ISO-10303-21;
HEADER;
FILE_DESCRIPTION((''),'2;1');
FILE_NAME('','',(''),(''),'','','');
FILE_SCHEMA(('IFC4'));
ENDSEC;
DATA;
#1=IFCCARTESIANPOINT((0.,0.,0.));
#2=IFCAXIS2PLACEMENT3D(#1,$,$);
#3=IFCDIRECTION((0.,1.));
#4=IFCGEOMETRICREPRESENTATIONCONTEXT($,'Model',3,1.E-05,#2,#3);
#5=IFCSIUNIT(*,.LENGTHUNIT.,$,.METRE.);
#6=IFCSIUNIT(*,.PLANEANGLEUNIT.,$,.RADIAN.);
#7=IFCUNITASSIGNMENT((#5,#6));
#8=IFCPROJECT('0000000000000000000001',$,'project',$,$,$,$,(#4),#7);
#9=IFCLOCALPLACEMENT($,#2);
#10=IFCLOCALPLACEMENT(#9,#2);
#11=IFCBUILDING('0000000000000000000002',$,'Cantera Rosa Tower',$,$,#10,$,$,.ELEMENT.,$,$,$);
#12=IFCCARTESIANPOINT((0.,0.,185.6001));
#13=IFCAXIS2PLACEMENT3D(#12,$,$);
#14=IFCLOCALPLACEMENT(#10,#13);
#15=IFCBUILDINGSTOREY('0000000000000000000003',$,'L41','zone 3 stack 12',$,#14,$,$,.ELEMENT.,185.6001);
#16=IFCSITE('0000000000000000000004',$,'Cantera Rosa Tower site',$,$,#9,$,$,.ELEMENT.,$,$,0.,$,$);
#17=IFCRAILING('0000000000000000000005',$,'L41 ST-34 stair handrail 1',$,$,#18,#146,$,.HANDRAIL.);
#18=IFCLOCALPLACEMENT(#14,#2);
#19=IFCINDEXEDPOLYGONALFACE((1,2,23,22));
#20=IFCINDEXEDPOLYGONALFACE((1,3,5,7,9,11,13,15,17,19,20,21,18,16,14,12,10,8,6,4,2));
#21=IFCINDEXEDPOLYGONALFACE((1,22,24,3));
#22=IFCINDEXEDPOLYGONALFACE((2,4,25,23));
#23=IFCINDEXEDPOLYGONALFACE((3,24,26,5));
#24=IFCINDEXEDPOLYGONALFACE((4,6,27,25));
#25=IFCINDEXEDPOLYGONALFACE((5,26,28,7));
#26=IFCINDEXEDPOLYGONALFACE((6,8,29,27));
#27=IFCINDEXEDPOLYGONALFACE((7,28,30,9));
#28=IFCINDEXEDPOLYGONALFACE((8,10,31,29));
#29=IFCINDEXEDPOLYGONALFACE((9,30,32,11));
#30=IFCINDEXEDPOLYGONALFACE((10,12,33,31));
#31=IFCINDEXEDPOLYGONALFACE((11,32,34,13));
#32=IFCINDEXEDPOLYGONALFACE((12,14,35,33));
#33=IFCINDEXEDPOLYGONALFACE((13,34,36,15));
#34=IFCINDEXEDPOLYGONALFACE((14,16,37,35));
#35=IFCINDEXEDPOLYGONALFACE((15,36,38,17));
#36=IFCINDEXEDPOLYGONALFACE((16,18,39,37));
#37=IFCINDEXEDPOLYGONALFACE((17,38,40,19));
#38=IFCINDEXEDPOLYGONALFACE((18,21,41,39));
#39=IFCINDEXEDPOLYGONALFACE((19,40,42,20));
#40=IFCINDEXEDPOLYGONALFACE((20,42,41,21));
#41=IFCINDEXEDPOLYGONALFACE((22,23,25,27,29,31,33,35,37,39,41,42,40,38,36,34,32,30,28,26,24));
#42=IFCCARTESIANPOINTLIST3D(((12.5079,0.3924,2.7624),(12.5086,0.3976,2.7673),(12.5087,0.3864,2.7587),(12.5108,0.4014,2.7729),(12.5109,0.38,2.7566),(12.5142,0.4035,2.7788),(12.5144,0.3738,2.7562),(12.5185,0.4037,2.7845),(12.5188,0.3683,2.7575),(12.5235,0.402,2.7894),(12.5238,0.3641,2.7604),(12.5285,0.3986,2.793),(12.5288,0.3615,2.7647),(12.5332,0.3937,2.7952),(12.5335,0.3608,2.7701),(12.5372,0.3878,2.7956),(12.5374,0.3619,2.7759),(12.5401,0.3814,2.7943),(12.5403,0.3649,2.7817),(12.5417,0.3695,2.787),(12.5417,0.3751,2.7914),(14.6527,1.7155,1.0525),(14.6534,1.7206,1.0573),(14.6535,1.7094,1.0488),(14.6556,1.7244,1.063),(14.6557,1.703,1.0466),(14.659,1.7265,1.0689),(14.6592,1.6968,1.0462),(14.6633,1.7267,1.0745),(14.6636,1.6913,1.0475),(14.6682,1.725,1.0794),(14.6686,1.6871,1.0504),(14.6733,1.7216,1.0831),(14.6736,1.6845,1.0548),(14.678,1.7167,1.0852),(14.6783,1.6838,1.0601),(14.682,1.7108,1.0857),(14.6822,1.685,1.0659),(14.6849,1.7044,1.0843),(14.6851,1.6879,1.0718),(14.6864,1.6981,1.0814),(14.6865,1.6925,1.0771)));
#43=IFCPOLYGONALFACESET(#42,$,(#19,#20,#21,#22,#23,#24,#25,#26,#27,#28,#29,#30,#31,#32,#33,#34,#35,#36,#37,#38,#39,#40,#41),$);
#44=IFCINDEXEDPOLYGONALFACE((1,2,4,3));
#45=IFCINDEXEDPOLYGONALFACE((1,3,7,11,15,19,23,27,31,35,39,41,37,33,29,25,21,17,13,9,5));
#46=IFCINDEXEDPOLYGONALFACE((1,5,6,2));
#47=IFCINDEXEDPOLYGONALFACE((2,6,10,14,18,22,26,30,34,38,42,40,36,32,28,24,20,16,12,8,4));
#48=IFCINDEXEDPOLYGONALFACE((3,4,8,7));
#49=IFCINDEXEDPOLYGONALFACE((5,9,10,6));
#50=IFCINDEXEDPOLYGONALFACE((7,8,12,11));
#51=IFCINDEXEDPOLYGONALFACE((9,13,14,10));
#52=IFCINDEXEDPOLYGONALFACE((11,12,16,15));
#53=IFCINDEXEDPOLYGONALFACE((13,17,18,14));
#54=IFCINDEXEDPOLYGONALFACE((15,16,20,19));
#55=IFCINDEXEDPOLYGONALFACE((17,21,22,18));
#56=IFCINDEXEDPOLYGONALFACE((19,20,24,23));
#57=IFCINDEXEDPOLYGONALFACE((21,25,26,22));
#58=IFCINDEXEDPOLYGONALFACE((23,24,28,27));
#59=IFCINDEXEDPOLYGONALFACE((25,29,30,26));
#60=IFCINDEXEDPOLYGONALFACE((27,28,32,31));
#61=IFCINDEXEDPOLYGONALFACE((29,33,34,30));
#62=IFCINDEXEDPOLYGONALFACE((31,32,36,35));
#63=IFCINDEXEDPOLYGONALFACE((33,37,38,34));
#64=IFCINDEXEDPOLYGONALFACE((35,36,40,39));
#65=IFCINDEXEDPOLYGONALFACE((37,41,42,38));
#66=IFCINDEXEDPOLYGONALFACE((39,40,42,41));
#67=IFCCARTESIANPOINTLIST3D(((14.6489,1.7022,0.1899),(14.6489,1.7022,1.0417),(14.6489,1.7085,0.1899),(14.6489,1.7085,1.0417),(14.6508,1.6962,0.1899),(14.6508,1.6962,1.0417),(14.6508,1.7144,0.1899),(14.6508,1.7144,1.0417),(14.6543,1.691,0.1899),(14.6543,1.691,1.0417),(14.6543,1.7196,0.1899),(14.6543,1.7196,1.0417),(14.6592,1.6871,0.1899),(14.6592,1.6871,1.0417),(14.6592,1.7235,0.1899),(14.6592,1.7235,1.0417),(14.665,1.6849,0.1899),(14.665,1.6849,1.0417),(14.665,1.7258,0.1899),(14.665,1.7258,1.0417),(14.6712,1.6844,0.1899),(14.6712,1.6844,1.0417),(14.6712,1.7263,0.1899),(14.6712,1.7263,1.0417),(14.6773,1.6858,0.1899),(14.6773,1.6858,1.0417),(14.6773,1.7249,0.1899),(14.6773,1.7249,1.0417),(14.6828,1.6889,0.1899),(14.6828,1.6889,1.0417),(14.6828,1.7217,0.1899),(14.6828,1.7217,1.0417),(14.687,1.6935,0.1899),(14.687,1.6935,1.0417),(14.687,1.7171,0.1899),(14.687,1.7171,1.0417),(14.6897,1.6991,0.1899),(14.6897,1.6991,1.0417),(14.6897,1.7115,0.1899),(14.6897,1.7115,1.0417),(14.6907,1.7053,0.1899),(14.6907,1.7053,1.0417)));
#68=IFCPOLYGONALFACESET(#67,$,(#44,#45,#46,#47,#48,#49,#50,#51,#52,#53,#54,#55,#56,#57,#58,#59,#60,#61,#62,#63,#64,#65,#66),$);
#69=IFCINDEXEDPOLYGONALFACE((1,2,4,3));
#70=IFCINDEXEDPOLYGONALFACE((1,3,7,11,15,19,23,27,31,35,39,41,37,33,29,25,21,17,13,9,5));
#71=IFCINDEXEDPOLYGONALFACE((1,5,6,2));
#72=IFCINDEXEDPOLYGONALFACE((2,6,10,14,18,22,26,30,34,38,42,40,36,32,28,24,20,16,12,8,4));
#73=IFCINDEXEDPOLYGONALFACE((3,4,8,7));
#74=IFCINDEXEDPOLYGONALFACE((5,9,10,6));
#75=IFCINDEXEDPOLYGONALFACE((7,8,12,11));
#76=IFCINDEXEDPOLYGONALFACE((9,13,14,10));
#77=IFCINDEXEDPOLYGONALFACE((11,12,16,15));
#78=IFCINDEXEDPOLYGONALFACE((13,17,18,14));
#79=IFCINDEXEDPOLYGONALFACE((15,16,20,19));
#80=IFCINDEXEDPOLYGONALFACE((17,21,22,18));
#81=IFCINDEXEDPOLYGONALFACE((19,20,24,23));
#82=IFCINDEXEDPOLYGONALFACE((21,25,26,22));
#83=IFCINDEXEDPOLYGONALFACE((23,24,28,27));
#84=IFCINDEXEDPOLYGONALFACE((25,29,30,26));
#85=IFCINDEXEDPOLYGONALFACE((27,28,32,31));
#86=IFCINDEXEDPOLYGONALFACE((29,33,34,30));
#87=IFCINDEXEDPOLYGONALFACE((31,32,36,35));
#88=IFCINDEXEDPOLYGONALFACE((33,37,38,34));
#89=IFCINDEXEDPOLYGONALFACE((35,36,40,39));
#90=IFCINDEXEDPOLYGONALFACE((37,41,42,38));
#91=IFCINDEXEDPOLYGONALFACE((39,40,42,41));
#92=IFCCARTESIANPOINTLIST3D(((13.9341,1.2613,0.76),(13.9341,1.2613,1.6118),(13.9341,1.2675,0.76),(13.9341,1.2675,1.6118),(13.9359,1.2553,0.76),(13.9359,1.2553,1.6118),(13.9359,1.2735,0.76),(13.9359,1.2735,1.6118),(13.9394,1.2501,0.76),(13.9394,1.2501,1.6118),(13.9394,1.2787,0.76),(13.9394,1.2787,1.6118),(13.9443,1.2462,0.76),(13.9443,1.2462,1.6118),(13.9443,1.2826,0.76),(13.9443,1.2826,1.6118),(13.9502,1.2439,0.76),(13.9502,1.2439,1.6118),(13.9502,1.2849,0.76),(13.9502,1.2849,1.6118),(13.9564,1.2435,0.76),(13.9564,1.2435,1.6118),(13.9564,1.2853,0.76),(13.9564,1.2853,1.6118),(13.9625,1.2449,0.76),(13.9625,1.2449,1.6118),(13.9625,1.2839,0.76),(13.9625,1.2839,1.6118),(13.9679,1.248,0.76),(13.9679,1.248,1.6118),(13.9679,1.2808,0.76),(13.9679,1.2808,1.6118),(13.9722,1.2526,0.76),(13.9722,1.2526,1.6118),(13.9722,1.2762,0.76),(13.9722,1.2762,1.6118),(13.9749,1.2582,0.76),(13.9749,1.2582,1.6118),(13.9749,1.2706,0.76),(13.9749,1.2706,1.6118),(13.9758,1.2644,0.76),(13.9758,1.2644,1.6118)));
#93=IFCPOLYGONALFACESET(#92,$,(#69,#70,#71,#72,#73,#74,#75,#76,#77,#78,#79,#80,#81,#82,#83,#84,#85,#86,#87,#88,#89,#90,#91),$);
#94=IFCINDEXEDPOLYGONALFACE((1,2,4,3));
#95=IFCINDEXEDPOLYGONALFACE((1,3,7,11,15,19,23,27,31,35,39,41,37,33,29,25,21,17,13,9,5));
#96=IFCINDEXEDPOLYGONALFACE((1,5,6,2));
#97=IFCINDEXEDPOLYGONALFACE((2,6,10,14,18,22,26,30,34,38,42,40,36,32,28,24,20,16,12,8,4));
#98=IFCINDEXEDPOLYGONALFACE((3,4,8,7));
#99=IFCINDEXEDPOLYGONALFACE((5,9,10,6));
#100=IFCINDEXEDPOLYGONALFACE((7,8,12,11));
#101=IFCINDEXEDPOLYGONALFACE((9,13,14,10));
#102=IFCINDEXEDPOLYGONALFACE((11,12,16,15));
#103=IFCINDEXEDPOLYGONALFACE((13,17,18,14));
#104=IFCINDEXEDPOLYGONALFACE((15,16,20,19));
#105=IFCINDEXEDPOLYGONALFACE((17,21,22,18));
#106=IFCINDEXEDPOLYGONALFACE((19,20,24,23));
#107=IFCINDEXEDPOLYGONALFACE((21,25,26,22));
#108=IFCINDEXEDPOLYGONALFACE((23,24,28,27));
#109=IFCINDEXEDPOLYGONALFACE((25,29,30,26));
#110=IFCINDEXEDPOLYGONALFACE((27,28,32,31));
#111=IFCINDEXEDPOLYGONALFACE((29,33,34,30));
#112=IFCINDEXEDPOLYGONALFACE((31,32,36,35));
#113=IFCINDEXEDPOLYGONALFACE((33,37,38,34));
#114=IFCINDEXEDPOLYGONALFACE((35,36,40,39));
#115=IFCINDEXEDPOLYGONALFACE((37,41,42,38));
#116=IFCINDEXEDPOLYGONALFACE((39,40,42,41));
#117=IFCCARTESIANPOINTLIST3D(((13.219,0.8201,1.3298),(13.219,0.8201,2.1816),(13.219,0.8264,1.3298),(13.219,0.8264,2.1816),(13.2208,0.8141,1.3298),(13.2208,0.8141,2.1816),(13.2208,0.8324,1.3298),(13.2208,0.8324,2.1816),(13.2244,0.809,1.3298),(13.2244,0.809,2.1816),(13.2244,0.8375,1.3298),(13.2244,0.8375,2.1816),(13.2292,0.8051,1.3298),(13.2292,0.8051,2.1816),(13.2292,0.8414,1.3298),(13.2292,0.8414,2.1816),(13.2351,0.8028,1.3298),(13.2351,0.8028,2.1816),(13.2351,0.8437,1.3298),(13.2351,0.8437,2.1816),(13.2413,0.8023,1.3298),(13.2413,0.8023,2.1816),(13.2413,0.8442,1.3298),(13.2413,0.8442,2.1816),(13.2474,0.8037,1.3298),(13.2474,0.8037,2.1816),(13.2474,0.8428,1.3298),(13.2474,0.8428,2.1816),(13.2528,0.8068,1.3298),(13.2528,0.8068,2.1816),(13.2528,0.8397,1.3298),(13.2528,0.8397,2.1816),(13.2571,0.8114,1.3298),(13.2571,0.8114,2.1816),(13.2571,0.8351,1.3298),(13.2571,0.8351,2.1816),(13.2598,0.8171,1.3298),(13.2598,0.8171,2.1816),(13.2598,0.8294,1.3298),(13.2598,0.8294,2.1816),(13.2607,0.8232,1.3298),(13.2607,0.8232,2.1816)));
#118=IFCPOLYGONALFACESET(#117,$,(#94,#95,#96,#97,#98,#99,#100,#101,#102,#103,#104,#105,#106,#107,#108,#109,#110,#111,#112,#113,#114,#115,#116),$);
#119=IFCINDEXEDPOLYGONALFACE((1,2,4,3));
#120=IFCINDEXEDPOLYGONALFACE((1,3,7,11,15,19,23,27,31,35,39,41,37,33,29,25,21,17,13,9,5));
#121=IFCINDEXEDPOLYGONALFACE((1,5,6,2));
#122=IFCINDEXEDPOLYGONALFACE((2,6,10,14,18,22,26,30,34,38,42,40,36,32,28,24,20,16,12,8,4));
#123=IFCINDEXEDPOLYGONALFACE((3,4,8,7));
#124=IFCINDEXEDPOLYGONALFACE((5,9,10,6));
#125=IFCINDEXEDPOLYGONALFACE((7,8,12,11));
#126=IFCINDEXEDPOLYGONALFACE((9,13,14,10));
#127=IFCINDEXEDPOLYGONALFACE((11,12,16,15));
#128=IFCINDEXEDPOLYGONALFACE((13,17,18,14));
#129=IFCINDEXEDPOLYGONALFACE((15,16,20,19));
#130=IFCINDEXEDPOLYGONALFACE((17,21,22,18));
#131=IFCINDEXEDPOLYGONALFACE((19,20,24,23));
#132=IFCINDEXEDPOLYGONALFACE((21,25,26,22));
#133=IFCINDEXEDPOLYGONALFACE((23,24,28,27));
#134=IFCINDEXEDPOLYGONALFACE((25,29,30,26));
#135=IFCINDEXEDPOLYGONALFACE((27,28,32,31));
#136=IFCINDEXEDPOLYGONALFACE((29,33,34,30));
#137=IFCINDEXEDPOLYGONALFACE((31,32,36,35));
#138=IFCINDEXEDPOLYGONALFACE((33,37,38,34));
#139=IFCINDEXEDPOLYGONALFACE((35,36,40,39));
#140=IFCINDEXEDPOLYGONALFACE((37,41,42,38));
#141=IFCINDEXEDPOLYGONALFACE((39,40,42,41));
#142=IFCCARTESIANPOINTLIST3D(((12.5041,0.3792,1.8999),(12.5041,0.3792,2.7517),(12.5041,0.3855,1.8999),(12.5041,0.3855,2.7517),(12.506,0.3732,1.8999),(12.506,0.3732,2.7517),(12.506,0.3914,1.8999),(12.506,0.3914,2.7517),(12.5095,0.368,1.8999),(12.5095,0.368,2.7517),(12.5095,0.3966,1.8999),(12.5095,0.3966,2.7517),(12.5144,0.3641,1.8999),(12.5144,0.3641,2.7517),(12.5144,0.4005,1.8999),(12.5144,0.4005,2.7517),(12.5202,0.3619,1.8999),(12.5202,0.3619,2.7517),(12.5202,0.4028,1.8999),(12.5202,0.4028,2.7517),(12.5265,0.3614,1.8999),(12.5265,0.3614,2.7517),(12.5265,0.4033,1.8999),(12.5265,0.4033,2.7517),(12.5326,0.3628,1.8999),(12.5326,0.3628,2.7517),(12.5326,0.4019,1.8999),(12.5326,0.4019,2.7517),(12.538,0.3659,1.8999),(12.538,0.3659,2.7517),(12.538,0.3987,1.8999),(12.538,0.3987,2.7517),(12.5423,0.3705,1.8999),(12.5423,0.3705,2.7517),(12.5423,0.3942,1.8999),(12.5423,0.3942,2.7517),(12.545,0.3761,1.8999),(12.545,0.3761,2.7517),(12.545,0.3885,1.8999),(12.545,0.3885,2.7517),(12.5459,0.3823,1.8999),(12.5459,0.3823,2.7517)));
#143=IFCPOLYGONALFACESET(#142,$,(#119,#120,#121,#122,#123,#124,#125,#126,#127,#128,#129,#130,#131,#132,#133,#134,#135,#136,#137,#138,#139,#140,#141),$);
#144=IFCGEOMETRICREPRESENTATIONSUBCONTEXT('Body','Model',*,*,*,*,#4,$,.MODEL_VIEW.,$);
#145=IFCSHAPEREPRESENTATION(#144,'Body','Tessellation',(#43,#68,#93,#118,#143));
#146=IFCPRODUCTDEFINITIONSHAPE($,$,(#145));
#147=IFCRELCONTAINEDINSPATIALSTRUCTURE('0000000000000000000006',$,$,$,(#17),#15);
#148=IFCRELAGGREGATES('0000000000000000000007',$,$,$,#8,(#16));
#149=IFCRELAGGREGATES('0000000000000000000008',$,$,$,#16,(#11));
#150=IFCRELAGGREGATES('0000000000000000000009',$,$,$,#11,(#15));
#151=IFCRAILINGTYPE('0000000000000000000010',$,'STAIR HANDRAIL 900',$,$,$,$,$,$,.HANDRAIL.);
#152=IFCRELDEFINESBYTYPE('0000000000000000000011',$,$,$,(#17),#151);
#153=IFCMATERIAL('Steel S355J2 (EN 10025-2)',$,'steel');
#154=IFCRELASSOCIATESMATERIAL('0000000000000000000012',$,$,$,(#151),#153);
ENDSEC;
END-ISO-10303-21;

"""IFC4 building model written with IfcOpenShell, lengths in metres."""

from ifc_helpers import new_model, si_unit, direction, frame, origin, origin_2d, place, context, subcontext, project, spatial, circle, extrude, material, type_object, element, save


model = new_model("IFC4")

# Units and contexts
model_context = context("Model", 3, precision=1e-05, world=origin(), true_north=direction((0.0, 1.0)))
body_context = subcontext(model_context, "Body", "Model", "MODEL_VIEW")
ifc_project = project(units=[si_unit("LENGTHUNIT", "METRE"), si_unit("PLANEANGLEUNIT", "RADIAN")], contexts=[model_context])

# Site, building, storey
site_placement = place(None, origin())
site = spatial("IfcSite", under=ifc_project, at=site_placement, Name="Cantera Rosa Tower site", CompositionType="ELEMENT", RefElevation=0.0)
building_placement = place(site_placement, origin())
building = spatial("IfcBuilding", under=site, at=building_placement, Name="Cantera Rosa Tower", CompositionType="ELEMENT")
storey_placement = place(building_placement, frame((0.0, 0.0, 185.6001)))
storey = spatial("IfcBuildingStorey", under=building, at=storey_placement, Name="L41", Description="zone 3 stack 12", CompositionType="ELEMENT", Elevation=185.6001)

# Railing
ifc_material_1 = material(Name="Steel S355J2 (EN 10025-2)", Category="steel")
railing_type_1 = type_object("IfcRailingType", Name="STAIR HANDRAIL 900", PredefinedType="HANDRAIL", material=ifc_material_1)
railing_1_placement = place(storey_placement, frame((14.6697, 1.7053, 0.1899)))
element("IfcRailing", 1, at=railing_1_placement, inside=storey, type_object=railing_type_1, Name="L41 ST-34 stair handrail 1", PredefinedType="HANDRAIL", context=body_context, shape_type="SweptSolid", body=[
    extrude(circle(Radius=0.0239, at=origin_2d()), frame((0.0, 0.0, 0.876), z_axis=(-0.704271, -0.434428, 0.561493), x_axis=(0.525, -0.851102, 0.0)), (0.0, 0.0, 1.0), 3.0454),
    extrude(circle(Radius=0.021, at=origin_2d()), origin(), (0.0, 0.0, 1.0), 0.8518),
    extrude(circle(Radius=0.021, at=origin_2d()), frame((-0.7148, -0.4409, 0.5701)), (0.0, 0.0, 1.0), 0.8518),
    extrude(circle(Radius=0.021, at=origin_2d()), frame((-1.4299, -0.8821, 1.1399)), (0.0, 0.0, 1.0), 0.8518),
    extrude(circle(Radius=0.021, at=origin_2d()), frame((-2.1448, -1.323, 1.71)), (0.0, 0.0, 1.0), 0.8518),
])

save(model, "model.ifc")
